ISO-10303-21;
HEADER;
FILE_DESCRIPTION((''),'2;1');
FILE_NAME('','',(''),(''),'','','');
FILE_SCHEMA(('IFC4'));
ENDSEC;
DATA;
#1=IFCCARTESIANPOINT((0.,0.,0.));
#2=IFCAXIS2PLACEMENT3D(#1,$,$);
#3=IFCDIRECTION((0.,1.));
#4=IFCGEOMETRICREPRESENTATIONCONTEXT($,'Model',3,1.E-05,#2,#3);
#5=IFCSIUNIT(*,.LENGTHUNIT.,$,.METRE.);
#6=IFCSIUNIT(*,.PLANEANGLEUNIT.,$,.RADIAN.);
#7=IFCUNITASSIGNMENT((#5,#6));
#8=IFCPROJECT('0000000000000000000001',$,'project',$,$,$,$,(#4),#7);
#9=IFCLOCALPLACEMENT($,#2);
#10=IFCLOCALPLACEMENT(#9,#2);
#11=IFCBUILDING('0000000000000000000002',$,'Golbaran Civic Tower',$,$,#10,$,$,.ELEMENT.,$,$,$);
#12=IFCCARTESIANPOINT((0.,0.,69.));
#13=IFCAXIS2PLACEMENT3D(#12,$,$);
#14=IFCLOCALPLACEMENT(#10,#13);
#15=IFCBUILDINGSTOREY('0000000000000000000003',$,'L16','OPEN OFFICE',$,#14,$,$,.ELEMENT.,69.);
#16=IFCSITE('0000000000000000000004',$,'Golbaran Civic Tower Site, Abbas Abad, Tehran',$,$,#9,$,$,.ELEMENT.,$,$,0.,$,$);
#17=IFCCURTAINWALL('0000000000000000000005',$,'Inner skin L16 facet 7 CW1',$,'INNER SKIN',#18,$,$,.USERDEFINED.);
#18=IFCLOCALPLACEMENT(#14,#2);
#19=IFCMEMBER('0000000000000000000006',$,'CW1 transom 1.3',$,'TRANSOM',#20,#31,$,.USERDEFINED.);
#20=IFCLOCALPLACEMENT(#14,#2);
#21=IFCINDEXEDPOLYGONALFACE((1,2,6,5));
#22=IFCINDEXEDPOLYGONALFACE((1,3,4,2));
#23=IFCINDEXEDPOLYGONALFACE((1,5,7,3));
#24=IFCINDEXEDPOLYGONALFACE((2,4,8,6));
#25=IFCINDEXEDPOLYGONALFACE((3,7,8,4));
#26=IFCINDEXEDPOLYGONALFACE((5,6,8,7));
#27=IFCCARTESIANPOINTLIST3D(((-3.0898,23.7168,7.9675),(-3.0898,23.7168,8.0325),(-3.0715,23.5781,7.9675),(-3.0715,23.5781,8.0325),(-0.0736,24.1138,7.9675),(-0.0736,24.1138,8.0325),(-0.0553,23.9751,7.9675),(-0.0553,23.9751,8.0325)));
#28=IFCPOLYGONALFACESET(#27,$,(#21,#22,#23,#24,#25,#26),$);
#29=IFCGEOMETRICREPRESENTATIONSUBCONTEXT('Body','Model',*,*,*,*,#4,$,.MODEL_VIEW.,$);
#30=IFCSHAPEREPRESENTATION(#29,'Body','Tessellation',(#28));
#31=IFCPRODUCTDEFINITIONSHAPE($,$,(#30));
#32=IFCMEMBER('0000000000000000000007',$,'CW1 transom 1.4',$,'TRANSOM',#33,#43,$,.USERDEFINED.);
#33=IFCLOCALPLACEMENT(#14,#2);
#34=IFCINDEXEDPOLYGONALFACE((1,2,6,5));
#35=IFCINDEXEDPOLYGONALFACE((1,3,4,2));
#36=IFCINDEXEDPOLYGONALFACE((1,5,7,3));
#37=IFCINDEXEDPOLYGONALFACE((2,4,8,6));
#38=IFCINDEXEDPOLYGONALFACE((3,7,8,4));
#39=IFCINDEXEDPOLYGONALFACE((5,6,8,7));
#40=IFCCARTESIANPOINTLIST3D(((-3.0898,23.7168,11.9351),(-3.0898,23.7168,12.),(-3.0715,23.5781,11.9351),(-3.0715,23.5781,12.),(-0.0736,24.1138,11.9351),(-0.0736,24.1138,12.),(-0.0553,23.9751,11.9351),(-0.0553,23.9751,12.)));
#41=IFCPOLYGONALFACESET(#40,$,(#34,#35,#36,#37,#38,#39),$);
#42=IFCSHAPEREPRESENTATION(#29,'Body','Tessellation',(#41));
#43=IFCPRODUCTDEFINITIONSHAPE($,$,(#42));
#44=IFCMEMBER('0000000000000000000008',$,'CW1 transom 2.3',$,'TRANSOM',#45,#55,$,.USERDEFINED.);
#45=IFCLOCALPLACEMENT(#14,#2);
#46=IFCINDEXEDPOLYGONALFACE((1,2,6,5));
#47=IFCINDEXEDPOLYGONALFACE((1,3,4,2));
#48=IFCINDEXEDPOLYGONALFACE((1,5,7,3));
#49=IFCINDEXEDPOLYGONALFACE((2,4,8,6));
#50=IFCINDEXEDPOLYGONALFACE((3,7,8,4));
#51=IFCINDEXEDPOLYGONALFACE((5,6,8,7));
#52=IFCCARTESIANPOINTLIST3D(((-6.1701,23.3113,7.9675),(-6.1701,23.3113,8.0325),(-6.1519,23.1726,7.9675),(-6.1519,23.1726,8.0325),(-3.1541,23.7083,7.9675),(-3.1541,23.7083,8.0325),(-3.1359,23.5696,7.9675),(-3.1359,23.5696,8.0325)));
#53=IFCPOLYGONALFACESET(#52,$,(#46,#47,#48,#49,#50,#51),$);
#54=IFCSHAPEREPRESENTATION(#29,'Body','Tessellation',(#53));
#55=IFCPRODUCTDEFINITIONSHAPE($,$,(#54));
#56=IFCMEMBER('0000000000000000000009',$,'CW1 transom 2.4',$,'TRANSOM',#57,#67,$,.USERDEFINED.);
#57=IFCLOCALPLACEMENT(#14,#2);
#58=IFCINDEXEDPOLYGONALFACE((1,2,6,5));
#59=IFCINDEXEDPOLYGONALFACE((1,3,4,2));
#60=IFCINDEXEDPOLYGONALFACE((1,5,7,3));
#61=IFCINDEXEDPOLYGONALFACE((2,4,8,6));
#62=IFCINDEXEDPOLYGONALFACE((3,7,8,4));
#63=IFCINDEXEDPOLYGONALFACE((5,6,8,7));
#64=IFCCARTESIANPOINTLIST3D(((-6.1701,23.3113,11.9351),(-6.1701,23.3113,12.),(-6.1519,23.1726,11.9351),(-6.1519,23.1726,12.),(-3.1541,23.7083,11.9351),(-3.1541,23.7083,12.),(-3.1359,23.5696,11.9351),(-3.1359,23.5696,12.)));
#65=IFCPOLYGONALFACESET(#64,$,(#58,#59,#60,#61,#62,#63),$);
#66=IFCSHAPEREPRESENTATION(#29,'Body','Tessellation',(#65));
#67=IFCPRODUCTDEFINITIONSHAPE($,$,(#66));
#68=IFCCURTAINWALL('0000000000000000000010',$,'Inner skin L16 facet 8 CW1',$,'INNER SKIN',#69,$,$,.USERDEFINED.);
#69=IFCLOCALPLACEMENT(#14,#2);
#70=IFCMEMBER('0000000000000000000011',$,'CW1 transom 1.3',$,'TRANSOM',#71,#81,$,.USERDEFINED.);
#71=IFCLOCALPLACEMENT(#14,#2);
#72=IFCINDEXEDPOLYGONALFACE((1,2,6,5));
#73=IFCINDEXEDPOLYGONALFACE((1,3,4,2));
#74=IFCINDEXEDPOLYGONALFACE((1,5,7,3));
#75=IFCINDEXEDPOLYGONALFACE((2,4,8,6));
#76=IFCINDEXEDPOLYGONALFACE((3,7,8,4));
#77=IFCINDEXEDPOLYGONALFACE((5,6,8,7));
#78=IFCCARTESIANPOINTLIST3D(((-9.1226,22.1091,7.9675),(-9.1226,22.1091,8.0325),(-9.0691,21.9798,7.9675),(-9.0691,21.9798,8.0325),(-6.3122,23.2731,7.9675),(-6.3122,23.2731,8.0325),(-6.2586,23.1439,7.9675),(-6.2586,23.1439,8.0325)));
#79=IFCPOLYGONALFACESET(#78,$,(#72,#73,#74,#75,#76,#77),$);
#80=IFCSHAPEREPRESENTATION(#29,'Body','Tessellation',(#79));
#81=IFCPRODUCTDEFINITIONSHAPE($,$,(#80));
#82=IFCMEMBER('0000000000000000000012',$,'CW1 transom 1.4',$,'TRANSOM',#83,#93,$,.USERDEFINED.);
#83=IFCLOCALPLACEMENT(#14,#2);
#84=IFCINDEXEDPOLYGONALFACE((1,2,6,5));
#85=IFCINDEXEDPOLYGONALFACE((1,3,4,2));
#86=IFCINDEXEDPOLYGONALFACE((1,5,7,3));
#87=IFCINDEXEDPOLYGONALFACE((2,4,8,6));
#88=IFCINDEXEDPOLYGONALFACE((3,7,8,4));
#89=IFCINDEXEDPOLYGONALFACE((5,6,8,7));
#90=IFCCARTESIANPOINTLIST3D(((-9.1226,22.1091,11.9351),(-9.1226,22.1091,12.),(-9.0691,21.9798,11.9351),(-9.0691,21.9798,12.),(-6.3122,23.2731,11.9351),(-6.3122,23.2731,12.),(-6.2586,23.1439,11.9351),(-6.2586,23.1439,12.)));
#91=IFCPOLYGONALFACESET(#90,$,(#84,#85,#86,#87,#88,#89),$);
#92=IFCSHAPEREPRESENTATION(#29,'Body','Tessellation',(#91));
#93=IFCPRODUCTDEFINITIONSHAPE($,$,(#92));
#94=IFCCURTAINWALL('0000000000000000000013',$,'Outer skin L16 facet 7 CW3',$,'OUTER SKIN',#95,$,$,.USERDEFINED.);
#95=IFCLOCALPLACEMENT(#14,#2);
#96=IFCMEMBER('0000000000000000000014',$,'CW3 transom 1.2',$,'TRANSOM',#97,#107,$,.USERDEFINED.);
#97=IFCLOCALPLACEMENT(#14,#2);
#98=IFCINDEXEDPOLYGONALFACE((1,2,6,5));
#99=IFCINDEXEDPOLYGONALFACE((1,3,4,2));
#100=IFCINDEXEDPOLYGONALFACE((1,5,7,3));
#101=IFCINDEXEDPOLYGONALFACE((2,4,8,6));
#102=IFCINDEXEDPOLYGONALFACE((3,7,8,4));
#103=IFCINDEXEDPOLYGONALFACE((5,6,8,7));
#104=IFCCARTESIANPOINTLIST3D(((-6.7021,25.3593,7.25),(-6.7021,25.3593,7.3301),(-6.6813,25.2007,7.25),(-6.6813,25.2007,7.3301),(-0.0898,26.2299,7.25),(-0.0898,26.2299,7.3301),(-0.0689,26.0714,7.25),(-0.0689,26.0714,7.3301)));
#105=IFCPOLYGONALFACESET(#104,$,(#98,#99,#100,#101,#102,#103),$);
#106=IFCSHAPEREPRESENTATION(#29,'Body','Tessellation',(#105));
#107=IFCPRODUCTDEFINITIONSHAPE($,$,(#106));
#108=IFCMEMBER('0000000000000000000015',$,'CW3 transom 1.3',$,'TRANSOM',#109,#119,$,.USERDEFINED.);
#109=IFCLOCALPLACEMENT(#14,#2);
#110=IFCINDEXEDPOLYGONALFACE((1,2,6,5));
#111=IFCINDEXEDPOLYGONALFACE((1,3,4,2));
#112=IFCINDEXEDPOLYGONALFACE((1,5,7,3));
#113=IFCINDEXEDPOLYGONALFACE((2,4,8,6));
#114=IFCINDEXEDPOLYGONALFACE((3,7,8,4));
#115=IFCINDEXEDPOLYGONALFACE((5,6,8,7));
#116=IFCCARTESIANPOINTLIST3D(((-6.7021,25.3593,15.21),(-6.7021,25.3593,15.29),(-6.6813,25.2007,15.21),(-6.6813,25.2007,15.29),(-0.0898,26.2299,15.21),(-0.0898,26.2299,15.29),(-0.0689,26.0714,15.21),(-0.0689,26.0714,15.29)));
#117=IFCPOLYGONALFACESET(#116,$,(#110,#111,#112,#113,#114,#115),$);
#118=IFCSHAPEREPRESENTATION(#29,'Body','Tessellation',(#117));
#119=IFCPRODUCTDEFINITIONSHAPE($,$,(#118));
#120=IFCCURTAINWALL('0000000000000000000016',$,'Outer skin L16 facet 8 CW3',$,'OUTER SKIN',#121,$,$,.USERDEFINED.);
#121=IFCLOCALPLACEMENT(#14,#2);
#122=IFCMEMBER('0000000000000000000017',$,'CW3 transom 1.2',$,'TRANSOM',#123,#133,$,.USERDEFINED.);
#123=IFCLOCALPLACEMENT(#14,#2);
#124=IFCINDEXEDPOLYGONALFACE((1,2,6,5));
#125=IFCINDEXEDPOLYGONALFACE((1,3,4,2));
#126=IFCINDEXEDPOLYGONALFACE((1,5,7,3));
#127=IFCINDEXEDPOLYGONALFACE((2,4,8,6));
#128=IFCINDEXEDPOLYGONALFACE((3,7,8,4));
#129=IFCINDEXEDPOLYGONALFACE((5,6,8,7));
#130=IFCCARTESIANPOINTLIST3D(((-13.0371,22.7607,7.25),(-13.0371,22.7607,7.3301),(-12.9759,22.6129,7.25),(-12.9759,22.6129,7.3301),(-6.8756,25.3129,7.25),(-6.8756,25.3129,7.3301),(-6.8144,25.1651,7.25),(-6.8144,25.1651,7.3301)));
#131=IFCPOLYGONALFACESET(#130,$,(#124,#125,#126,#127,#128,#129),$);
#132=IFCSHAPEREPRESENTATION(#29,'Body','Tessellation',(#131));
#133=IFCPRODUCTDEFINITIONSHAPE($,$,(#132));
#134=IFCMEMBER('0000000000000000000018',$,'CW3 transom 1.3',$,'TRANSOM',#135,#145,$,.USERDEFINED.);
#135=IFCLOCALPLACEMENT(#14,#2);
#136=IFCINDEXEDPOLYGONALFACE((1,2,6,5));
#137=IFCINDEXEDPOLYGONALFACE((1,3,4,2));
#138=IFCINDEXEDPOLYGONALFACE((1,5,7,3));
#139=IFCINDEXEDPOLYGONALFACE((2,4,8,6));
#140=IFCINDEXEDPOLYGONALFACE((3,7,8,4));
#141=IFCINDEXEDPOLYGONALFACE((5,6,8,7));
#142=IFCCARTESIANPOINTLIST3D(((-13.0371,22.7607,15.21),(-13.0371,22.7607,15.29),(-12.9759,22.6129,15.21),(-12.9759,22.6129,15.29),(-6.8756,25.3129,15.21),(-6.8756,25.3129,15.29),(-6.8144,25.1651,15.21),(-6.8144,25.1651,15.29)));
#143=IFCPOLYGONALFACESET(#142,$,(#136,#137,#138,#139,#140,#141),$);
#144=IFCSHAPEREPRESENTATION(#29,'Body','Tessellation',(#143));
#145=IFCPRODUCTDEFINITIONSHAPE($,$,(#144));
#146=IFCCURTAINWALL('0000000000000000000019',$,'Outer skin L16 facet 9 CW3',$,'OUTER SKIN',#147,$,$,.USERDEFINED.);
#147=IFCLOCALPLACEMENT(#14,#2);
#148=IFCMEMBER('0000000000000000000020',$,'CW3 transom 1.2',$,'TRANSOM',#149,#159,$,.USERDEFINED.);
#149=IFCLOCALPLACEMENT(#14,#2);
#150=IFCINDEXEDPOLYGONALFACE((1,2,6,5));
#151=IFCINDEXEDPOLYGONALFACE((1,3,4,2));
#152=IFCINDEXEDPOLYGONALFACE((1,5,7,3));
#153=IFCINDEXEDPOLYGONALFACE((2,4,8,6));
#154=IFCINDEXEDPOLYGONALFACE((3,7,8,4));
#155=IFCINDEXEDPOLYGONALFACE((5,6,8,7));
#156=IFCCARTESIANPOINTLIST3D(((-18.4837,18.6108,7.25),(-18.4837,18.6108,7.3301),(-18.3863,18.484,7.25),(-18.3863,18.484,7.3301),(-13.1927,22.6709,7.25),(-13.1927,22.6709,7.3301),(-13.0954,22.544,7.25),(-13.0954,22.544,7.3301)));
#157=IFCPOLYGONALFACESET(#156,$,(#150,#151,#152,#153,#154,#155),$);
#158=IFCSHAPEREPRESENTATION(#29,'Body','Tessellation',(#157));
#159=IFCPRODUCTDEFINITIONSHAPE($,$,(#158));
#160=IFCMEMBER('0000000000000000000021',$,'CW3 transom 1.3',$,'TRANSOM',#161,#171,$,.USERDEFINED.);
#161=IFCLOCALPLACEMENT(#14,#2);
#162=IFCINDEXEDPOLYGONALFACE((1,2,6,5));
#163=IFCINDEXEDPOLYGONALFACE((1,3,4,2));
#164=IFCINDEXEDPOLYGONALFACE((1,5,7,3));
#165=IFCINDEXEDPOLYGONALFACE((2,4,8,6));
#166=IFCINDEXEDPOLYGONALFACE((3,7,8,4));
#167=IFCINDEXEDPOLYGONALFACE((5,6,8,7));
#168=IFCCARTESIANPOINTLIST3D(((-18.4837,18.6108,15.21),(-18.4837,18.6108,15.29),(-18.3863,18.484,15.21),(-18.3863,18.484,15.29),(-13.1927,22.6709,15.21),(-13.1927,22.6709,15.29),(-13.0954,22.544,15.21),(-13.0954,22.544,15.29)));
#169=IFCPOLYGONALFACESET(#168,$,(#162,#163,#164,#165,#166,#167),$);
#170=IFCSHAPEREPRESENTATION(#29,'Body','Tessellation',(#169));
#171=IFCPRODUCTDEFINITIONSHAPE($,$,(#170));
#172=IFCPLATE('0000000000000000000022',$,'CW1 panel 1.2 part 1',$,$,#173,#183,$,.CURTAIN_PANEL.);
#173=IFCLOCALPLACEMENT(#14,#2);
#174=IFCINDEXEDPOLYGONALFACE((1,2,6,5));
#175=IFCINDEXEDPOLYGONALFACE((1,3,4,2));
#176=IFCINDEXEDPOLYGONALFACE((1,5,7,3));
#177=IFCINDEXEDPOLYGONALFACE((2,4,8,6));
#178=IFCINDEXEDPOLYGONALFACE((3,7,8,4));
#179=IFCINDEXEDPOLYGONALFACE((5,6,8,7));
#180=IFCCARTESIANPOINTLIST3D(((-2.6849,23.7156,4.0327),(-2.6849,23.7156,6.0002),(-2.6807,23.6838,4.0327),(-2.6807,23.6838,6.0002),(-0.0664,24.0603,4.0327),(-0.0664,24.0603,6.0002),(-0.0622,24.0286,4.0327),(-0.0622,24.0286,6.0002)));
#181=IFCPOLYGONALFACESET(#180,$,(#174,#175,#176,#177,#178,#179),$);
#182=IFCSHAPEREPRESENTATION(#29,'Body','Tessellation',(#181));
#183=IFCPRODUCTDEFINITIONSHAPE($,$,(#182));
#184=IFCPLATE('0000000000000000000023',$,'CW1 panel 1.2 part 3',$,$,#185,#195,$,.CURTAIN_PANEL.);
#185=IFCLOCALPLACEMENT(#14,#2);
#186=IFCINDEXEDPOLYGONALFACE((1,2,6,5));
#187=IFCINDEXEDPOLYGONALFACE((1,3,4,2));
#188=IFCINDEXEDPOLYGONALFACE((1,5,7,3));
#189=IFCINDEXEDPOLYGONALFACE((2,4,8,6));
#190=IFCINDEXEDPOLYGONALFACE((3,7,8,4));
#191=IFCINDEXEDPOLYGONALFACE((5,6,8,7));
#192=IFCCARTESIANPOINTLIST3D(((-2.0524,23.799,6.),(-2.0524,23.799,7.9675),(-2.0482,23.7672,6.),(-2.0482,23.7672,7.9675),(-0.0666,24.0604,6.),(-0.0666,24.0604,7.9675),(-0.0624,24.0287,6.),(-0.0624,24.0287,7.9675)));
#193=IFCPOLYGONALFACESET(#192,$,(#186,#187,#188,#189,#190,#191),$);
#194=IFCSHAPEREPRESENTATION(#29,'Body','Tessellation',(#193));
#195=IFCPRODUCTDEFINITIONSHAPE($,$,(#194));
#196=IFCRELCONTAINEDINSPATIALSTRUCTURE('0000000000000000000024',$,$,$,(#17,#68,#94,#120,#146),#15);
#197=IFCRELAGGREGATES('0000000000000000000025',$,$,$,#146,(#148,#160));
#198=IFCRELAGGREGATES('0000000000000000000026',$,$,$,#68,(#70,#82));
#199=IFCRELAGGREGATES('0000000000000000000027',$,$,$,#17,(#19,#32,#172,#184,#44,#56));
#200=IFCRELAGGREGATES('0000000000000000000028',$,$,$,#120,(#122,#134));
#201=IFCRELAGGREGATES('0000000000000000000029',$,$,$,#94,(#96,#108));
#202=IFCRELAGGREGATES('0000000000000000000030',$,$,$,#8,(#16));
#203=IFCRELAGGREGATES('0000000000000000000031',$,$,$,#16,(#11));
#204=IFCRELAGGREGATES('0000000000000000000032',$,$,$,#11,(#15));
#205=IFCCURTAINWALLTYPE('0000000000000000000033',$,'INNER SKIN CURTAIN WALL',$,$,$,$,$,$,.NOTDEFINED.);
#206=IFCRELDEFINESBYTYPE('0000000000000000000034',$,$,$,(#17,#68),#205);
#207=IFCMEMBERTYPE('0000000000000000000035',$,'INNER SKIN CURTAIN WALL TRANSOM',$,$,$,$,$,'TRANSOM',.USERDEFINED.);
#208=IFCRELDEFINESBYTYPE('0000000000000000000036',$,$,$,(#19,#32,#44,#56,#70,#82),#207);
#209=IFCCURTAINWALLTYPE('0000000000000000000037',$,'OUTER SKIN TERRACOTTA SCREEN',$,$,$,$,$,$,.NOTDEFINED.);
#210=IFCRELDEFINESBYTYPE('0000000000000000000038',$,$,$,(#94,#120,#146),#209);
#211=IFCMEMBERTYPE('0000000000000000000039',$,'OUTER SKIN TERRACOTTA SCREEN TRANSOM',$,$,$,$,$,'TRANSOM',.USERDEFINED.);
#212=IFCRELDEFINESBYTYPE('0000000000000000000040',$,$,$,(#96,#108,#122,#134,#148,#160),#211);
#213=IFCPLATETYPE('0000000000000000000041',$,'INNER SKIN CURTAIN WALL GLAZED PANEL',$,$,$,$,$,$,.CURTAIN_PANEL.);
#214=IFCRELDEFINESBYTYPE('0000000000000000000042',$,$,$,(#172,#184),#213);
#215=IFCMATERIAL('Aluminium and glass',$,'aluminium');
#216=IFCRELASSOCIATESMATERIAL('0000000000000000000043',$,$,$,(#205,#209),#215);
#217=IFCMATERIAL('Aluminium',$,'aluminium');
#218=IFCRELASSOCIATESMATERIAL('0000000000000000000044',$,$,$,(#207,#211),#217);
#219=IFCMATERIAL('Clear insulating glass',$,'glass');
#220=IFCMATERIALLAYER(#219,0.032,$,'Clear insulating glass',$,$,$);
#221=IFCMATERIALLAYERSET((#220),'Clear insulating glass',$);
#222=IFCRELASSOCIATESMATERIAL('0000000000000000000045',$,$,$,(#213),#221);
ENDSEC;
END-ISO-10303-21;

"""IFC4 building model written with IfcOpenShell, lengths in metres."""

from ifc_helpers import new_model, si_unit, direction, frame, origin, origin_2d, place, context, subcontext, project, spatial, rectangle, extrude, material, layer, layer_set, material_profile, profile_set, type_object, element, aggregate, save


model = new_model("IFC4")

# Units and contexts
model_context = context("Model", 3, precision=1e-05, world=origin(), true_north=direction((0.0, 1.0)))
body_context = subcontext(model_context, "Body", "Model", "MODEL_VIEW")
ifc_project = project(units=[si_unit("LENGTHUNIT", "METRE"), si_unit("PLANEANGLEUNIT", "RADIAN")], contexts=[model_context])

# Site, building, storey
site_placement = place(None, origin())
site = spatial("IfcSite", under=ifc_project, at=site_placement, Name="Golbaran Civic Tower Site, Abbas Abad, Tehran", CompositionType="ELEMENT", RefElevation=0.0)
building_placement = place(site_placement, origin())
building = spatial("IfcBuilding", under=site, at=building_placement, Name="Golbaran Civic Tower", CompositionType="ELEMENT")
storey_placement = place(building_placement, frame((0.0, 0.0, 69.0)))
storey = spatial("IfcBuildingStorey", under=building, at=storey_placement, Name="L16", Description="OPEN OFFICE", CompositionType="ELEMENT", Elevation=69.0)

# Curtain walls, members
ifc_material_1 = material(Name="Aluminium and glass", Category="aluminium")
curtain_wall_type_1 = type_object("IfcCurtainWallType", Name="INNER SKIN CURTAIN WALL", PredefinedType="NOTDEFINED", material=ifc_material_1)
curtain_wall_1_placement = place(storey_placement, origin())
curtain_wall_1 = element("IfcCurtainWall", 1, at=curtain_wall_1_placement, inside=storey, type_object=curtain_wall_type_1, Name="Inner skin L16 facet 7 CW1", ObjectType="INNER SKIN", PredefinedType="USERDEFINED")
ifc_material_2 = material(Name="Aluminium", Category="aluminium")
ifc_material_profile_1 = material_profile(ifc_material_2, rectangle(XDim=0.1399, YDim=0.0649, at=origin_2d()), Name="INNER SKIN CURTAIN WALL TRANSOM")
ifc_profile_set_1 = profile_set([ifc_material_profile_1], Name="Aluminium")
member_type_1 = type_object("IfcMemberType", Name="INNER SKIN CURTAIN WALL TRANSOM", ElementType="TRANSOM", PredefinedType="USERDEFINED", material=ifc_profile_set_1)
member_1_placement = place(storey_placement, frame((-0.0645, 24.0444, 8.0), z_axis=(-0.991449, -0.130492, 0.0), x_axis=(0.130492, -0.991449, 0.0)))
member_1 = element("IfcMember", 2, at=member_1_placement, type_object=member_type_1, Name="CW1 transom 1.3", ObjectType="TRANSOM", PredefinedType="USERDEFINED", context=body_context, shape_type="SweptSolid", body=[
    extrude(rectangle(XDim=0.1399, YDim=0.0649, at=origin_2d()), origin(), (0.0, 0.0, 1.0), 3.0422),
])
member_2_placement = place(storey_placement, frame((-0.0645, 24.0444, 11.9675), z_axis=(-0.991449, -0.130492, 0.0), x_axis=(0.130492, -0.991449, 0.0)))
member_2 = element("IfcMember", 3, at=member_2_placement, type_object=member_type_1, Name="CW1 transom 1.4", ObjectType="TRANSOM", PredefinedType="USERDEFINED", context=body_context, shape_type="SweptSolid", body=[
    extrude(rectangle(XDim=0.1399, YDim=0.0649, at=origin_2d()), origin(), (0.0, 0.0, 1.0), 3.0422),
])
member_3_placement = place(storey_placement, frame((-3.145, 23.6389, 8.0), z_axis=(-0.991448, -0.130502, 0.0), x_axis=(0.130502, -0.991448, 0.0)))
member_3 = element("IfcMember", 4, at=member_3_placement, type_object=member_type_1, Name="CW1 transom 2.3", ObjectType="TRANSOM", PredefinedType="USERDEFINED", context=body_context, shape_type="SweptSolid", body=[
    extrude(rectangle(XDim=0.1399, YDim=0.0649, at=origin_2d()), origin(), (0.0, 0.0, 1.0), 3.042),
])
member_4_placement = place(storey_placement, frame((-3.145, 23.6389, 11.9675), z_axis=(-0.991448, -0.130502, 0.0), x_axis=(0.130502, -0.991448, 0.0)))
member_4 = element("IfcMember", 5, at=member_4_placement, type_object=member_type_1, Name="CW1 transom 2.4", ObjectType="TRANSOM", PredefinedType="USERDEFINED", context=body_context, shape_type="SweptSolid", body=[
    extrude(rectangle(XDim=0.1399, YDim=0.0649, at=origin_2d()), origin(), (0.0, 0.0, 1.0), 3.042),
])
curtain_wall_2_placement = place(storey_placement, origin())
curtain_wall_2 = element("IfcCurtainWall", 6, at=curtain_wall_2_placement, inside=storey, type_object=curtain_wall_type_1, Name="Inner skin L16 facet 8 CW1", ObjectType="INNER SKIN", PredefinedType="USERDEFINED")
member_5_placement = place(storey_placement, frame((-6.2854, 23.2085, 8.0), z_axis=(-0.923892, -0.382654, 0.0), x_axis=(0.382654, -0.923892, 0.0)))
member_5 = element("IfcMember", 7, at=member_5_placement, type_object=member_type_1, Name="CW1 transom 1.3", ObjectType="TRANSOM", PredefinedType="USERDEFINED", context=body_context, shape_type="SweptSolid", body=[
    extrude(rectangle(XDim=0.1399, YDim=0.0649, at=origin_2d()), origin(), (0.0, 0.0, 1.0), 3.042),
])
member_6_placement = place(storey_placement, frame((-6.2854, 23.2085, 11.9675), z_axis=(-0.923892, -0.382654, 0.0), x_axis=(0.382654, -0.923892, 0.0)))
member_6 = element("IfcMember", 8, at=member_6_placement, type_object=member_type_1, Name="CW1 transom 1.4", ObjectType="TRANSOM", PredefinedType="USERDEFINED", context=body_context, shape_type="SweptSolid", body=[
    extrude(rectangle(XDim=0.1399, YDim=0.0649, at=origin_2d()), origin(), (0.0, 0.0, 1.0), 3.042),
])
curtain_wall_type_2 = type_object("IfcCurtainWallType", Name="OUTER SKIN TERRACOTTA SCREEN", PredefinedType="NOTDEFINED", material=ifc_material_1)
curtain_wall_3_placement = place(storey_placement, origin())
curtain_wall_3 = element("IfcCurtainWall", 9, at=curtain_wall_3_placement, inside=storey, type_object=curtain_wall_type_2, Name="Outer skin L16 facet 7 CW3", ObjectType="OUTER SKIN", PredefinedType="USERDEFINED")
ifc_material_profile_2 = material_profile(ifc_material_2, rectangle(XDim=0.1599, YDim=0.0801, at=origin_2d()), Name="OUTER SKIN TERRACOTTA SCREEN TRANSOM")
ifc_profile_set_2 = profile_set([ifc_material_profile_2], Name="Aluminium")
member_type_2 = type_object("IfcMemberType", Name="OUTER SKIN TERRACOTTA SCREEN TRANSOM", ElementType="TRANSOM", PredefinedType="USERDEFINED", material=ifc_profile_set_2)
member_7_placement = place(storey_placement, frame((-0.0793, 26.1506, 7.29), z_axis=(-0.991443, -0.130538, 0.0), x_axis=(0.130538, -0.991443, 0.0)))
member_7 = element("IfcMember", 10, at=member_7_placement, type_object=member_type_2, Name="CW3 transom 1.2", ObjectType="TRANSOM", PredefinedType="USERDEFINED", context=body_context, shape_type="SweptSolid", body=[
    extrude(rectangle(XDim=0.1599, YDim=0.0801, at=origin_2d()), origin(), (0.0, 0.0, 1.0), 6.6694),
])
member_8_placement = place(storey_placement, frame((-0.0793, 26.1506, 15.25), z_axis=(-0.991443, -0.130538, 0.0), x_axis=(0.130538, -0.991443, 0.0)))
member_8 = element("IfcMember", 11, at=member_8_placement, type_object=member_type_2, Name="CW3 transom 1.3", ObjectType="TRANSOM", PredefinedType="USERDEFINED", context=body_context, shape_type="SweptSolid", body=[
    extrude(rectangle(XDim=0.1599, YDim=0.0801, at=origin_2d()), origin(), (0.0, 0.0, 1.0), 6.6694),
])
curtain_wall_4_placement = place(storey_placement, origin())
curtain_wall_4 = element("IfcCurtainWall", 12, at=curtain_wall_4_placement, inside=storey, type_object=curtain_wall_type_2, Name="Outer skin L16 facet 8 CW3", ObjectType="OUTER SKIN", PredefinedType="USERDEFINED")
member_9_placement = place(storey_placement, frame((-6.845, 25.239, 7.29), z_axis=(-0.923879, -0.382686, 0.0), x_axis=(0.382686, -0.923879, 0.0)))
member_9 = element("IfcMember", 13, at=member_9_placement, type_object=member_type_2, Name="CW3 transom 1.2", ObjectType="TRANSOM", PredefinedType="USERDEFINED", context=body_context, shape_type="SweptSolid", body=[
    extrude(rectangle(XDim=0.1599, YDim=0.0801, at=origin_2d()), origin(), (0.0, 0.0, 1.0), 6.6692),
])
member_10_placement = place(storey_placement, frame((-6.845, 25.239, 15.25), z_axis=(-0.923879, -0.382686, 0.0), x_axis=(0.382686, -0.923879, 0.0)))
member_10 = element("IfcMember", 14, at=member_10_placement, type_object=member_type_2, Name="CW3 transom 1.3", ObjectType="TRANSOM", PredefinedType="USERDEFINED", context=body_context, shape_type="SweptSolid", body=[
    extrude(rectangle(XDim=0.1599, YDim=0.0801, at=origin_2d()), origin(), (0.0, 0.0, 1.0), 6.6692),
])
curtain_wall_5_placement = place(storey_placement, origin())
curtain_wall_5 = element("IfcCurtainWall", 15, at=curtain_wall_5_placement, inside=storey, type_object=curtain_wall_type_2, Name="Outer skin L16 facet 9 CW3", ObjectType="OUTER SKIN", PredefinedType="USERDEFINED")
member_11_placement = place(storey_placement, frame((-13.144, 22.6074, 7.29), z_axis=(-0.793345, -0.608773, 0.0), x_axis=(0.608773, -0.793345, 0.0)))
member_11 = element("IfcMember", 16, at=member_11_placement, type_object=member_type_2, Name="CW3 transom 1.2", ObjectType="TRANSOM", PredefinedType="USERDEFINED", context=body_context, shape_type="SweptSolid", body=[
    extrude(rectangle(XDim=0.1599, YDim=0.0801, at=origin_2d()), origin(), (0.0, 0.0, 1.0), 6.6692),
])
member_12_placement = place(storey_placement, frame((-13.144, 22.6074, 15.25), z_axis=(-0.793345, -0.608773, 0.0), x_axis=(0.608773, -0.793345, 0.0)))
member_12 = element("IfcMember", 17, at=member_12_placement, type_object=member_type_2, Name="CW3 transom 1.3", ObjectType="TRANSOM", PredefinedType="USERDEFINED", context=body_context, shape_type="SweptSolid", body=[
    extrude(rectangle(XDim=0.1599, YDim=0.0801, at=origin_2d()), origin(), (0.0, 0.0, 1.0), 6.6692),
])
aggregate(curtain_wall_5, [member_11, member_12])

# Plates
ifc_material_3 = material(Name="Clear insulating glass", Category="glass")
ifc_layer_1 = layer(ifc_material_3, 0.032, Name="Clear insulating glass")
ifc_layer_set_1 = layer_set([ifc_layer_1], Name="Clear insulating glass")
plate_type_1 = type_object("IfcPlateType", Name="INNER SKIN CURTAIN WALL GLAZED PANEL", PredefinedType="CURTAIN_PANEL", material=ifc_layer_set_1)
plate_1_placement = place(storey_placement, frame((-1.3735, 23.8721, 4.0327), z_axis=(0.0, 0.0, 1.0), x_axis=(-0.991445, -0.130526, 0.0)))
plate_1 = element("IfcPlate", 18, at=plate_1_placement, type_object=plate_type_1, Name="CW1 panel 1.2 part 1", PredefinedType="CURTAIN_PANEL", context=body_context, shape_type="SweptSolid", body=[
    extrude(rectangle(XDim=2.6411, YDim=0.032, at=origin_2d()), origin(), (0.0, 0.0, 1.0), 1.9675),
])
plate_2_placement = place(storey_placement, frame((-1.0574, 23.9138, 6.0), z_axis=(0.0, 0.0, 1.0), x_axis=(-0.991445, -0.130526, 0.0)))
plate_2 = element("IfcPlate", 19, at=plate_2_placement, type_object=plate_type_1, Name="CW1 panel 1.2 part 3", PredefinedType="CURTAIN_PANEL", context=body_context, shape_type="SweptSolid", body=[
    extrude(rectangle(XDim=2.0029, YDim=0.032, at=origin_2d()), origin(), (0.0, 0.0, 1.0), 1.9675),
])
aggregate(curtain_wall_2, [member_5, member_6])
aggregate(curtain_wall_1, [member_1, member_2, plate_1, plate_2, member_3, member_4])
aggregate(curtain_wall_4, [member_9, member_10])
aggregate(curtain_wall_3, [member_7, member_8])

save(model, "model.ifc")
